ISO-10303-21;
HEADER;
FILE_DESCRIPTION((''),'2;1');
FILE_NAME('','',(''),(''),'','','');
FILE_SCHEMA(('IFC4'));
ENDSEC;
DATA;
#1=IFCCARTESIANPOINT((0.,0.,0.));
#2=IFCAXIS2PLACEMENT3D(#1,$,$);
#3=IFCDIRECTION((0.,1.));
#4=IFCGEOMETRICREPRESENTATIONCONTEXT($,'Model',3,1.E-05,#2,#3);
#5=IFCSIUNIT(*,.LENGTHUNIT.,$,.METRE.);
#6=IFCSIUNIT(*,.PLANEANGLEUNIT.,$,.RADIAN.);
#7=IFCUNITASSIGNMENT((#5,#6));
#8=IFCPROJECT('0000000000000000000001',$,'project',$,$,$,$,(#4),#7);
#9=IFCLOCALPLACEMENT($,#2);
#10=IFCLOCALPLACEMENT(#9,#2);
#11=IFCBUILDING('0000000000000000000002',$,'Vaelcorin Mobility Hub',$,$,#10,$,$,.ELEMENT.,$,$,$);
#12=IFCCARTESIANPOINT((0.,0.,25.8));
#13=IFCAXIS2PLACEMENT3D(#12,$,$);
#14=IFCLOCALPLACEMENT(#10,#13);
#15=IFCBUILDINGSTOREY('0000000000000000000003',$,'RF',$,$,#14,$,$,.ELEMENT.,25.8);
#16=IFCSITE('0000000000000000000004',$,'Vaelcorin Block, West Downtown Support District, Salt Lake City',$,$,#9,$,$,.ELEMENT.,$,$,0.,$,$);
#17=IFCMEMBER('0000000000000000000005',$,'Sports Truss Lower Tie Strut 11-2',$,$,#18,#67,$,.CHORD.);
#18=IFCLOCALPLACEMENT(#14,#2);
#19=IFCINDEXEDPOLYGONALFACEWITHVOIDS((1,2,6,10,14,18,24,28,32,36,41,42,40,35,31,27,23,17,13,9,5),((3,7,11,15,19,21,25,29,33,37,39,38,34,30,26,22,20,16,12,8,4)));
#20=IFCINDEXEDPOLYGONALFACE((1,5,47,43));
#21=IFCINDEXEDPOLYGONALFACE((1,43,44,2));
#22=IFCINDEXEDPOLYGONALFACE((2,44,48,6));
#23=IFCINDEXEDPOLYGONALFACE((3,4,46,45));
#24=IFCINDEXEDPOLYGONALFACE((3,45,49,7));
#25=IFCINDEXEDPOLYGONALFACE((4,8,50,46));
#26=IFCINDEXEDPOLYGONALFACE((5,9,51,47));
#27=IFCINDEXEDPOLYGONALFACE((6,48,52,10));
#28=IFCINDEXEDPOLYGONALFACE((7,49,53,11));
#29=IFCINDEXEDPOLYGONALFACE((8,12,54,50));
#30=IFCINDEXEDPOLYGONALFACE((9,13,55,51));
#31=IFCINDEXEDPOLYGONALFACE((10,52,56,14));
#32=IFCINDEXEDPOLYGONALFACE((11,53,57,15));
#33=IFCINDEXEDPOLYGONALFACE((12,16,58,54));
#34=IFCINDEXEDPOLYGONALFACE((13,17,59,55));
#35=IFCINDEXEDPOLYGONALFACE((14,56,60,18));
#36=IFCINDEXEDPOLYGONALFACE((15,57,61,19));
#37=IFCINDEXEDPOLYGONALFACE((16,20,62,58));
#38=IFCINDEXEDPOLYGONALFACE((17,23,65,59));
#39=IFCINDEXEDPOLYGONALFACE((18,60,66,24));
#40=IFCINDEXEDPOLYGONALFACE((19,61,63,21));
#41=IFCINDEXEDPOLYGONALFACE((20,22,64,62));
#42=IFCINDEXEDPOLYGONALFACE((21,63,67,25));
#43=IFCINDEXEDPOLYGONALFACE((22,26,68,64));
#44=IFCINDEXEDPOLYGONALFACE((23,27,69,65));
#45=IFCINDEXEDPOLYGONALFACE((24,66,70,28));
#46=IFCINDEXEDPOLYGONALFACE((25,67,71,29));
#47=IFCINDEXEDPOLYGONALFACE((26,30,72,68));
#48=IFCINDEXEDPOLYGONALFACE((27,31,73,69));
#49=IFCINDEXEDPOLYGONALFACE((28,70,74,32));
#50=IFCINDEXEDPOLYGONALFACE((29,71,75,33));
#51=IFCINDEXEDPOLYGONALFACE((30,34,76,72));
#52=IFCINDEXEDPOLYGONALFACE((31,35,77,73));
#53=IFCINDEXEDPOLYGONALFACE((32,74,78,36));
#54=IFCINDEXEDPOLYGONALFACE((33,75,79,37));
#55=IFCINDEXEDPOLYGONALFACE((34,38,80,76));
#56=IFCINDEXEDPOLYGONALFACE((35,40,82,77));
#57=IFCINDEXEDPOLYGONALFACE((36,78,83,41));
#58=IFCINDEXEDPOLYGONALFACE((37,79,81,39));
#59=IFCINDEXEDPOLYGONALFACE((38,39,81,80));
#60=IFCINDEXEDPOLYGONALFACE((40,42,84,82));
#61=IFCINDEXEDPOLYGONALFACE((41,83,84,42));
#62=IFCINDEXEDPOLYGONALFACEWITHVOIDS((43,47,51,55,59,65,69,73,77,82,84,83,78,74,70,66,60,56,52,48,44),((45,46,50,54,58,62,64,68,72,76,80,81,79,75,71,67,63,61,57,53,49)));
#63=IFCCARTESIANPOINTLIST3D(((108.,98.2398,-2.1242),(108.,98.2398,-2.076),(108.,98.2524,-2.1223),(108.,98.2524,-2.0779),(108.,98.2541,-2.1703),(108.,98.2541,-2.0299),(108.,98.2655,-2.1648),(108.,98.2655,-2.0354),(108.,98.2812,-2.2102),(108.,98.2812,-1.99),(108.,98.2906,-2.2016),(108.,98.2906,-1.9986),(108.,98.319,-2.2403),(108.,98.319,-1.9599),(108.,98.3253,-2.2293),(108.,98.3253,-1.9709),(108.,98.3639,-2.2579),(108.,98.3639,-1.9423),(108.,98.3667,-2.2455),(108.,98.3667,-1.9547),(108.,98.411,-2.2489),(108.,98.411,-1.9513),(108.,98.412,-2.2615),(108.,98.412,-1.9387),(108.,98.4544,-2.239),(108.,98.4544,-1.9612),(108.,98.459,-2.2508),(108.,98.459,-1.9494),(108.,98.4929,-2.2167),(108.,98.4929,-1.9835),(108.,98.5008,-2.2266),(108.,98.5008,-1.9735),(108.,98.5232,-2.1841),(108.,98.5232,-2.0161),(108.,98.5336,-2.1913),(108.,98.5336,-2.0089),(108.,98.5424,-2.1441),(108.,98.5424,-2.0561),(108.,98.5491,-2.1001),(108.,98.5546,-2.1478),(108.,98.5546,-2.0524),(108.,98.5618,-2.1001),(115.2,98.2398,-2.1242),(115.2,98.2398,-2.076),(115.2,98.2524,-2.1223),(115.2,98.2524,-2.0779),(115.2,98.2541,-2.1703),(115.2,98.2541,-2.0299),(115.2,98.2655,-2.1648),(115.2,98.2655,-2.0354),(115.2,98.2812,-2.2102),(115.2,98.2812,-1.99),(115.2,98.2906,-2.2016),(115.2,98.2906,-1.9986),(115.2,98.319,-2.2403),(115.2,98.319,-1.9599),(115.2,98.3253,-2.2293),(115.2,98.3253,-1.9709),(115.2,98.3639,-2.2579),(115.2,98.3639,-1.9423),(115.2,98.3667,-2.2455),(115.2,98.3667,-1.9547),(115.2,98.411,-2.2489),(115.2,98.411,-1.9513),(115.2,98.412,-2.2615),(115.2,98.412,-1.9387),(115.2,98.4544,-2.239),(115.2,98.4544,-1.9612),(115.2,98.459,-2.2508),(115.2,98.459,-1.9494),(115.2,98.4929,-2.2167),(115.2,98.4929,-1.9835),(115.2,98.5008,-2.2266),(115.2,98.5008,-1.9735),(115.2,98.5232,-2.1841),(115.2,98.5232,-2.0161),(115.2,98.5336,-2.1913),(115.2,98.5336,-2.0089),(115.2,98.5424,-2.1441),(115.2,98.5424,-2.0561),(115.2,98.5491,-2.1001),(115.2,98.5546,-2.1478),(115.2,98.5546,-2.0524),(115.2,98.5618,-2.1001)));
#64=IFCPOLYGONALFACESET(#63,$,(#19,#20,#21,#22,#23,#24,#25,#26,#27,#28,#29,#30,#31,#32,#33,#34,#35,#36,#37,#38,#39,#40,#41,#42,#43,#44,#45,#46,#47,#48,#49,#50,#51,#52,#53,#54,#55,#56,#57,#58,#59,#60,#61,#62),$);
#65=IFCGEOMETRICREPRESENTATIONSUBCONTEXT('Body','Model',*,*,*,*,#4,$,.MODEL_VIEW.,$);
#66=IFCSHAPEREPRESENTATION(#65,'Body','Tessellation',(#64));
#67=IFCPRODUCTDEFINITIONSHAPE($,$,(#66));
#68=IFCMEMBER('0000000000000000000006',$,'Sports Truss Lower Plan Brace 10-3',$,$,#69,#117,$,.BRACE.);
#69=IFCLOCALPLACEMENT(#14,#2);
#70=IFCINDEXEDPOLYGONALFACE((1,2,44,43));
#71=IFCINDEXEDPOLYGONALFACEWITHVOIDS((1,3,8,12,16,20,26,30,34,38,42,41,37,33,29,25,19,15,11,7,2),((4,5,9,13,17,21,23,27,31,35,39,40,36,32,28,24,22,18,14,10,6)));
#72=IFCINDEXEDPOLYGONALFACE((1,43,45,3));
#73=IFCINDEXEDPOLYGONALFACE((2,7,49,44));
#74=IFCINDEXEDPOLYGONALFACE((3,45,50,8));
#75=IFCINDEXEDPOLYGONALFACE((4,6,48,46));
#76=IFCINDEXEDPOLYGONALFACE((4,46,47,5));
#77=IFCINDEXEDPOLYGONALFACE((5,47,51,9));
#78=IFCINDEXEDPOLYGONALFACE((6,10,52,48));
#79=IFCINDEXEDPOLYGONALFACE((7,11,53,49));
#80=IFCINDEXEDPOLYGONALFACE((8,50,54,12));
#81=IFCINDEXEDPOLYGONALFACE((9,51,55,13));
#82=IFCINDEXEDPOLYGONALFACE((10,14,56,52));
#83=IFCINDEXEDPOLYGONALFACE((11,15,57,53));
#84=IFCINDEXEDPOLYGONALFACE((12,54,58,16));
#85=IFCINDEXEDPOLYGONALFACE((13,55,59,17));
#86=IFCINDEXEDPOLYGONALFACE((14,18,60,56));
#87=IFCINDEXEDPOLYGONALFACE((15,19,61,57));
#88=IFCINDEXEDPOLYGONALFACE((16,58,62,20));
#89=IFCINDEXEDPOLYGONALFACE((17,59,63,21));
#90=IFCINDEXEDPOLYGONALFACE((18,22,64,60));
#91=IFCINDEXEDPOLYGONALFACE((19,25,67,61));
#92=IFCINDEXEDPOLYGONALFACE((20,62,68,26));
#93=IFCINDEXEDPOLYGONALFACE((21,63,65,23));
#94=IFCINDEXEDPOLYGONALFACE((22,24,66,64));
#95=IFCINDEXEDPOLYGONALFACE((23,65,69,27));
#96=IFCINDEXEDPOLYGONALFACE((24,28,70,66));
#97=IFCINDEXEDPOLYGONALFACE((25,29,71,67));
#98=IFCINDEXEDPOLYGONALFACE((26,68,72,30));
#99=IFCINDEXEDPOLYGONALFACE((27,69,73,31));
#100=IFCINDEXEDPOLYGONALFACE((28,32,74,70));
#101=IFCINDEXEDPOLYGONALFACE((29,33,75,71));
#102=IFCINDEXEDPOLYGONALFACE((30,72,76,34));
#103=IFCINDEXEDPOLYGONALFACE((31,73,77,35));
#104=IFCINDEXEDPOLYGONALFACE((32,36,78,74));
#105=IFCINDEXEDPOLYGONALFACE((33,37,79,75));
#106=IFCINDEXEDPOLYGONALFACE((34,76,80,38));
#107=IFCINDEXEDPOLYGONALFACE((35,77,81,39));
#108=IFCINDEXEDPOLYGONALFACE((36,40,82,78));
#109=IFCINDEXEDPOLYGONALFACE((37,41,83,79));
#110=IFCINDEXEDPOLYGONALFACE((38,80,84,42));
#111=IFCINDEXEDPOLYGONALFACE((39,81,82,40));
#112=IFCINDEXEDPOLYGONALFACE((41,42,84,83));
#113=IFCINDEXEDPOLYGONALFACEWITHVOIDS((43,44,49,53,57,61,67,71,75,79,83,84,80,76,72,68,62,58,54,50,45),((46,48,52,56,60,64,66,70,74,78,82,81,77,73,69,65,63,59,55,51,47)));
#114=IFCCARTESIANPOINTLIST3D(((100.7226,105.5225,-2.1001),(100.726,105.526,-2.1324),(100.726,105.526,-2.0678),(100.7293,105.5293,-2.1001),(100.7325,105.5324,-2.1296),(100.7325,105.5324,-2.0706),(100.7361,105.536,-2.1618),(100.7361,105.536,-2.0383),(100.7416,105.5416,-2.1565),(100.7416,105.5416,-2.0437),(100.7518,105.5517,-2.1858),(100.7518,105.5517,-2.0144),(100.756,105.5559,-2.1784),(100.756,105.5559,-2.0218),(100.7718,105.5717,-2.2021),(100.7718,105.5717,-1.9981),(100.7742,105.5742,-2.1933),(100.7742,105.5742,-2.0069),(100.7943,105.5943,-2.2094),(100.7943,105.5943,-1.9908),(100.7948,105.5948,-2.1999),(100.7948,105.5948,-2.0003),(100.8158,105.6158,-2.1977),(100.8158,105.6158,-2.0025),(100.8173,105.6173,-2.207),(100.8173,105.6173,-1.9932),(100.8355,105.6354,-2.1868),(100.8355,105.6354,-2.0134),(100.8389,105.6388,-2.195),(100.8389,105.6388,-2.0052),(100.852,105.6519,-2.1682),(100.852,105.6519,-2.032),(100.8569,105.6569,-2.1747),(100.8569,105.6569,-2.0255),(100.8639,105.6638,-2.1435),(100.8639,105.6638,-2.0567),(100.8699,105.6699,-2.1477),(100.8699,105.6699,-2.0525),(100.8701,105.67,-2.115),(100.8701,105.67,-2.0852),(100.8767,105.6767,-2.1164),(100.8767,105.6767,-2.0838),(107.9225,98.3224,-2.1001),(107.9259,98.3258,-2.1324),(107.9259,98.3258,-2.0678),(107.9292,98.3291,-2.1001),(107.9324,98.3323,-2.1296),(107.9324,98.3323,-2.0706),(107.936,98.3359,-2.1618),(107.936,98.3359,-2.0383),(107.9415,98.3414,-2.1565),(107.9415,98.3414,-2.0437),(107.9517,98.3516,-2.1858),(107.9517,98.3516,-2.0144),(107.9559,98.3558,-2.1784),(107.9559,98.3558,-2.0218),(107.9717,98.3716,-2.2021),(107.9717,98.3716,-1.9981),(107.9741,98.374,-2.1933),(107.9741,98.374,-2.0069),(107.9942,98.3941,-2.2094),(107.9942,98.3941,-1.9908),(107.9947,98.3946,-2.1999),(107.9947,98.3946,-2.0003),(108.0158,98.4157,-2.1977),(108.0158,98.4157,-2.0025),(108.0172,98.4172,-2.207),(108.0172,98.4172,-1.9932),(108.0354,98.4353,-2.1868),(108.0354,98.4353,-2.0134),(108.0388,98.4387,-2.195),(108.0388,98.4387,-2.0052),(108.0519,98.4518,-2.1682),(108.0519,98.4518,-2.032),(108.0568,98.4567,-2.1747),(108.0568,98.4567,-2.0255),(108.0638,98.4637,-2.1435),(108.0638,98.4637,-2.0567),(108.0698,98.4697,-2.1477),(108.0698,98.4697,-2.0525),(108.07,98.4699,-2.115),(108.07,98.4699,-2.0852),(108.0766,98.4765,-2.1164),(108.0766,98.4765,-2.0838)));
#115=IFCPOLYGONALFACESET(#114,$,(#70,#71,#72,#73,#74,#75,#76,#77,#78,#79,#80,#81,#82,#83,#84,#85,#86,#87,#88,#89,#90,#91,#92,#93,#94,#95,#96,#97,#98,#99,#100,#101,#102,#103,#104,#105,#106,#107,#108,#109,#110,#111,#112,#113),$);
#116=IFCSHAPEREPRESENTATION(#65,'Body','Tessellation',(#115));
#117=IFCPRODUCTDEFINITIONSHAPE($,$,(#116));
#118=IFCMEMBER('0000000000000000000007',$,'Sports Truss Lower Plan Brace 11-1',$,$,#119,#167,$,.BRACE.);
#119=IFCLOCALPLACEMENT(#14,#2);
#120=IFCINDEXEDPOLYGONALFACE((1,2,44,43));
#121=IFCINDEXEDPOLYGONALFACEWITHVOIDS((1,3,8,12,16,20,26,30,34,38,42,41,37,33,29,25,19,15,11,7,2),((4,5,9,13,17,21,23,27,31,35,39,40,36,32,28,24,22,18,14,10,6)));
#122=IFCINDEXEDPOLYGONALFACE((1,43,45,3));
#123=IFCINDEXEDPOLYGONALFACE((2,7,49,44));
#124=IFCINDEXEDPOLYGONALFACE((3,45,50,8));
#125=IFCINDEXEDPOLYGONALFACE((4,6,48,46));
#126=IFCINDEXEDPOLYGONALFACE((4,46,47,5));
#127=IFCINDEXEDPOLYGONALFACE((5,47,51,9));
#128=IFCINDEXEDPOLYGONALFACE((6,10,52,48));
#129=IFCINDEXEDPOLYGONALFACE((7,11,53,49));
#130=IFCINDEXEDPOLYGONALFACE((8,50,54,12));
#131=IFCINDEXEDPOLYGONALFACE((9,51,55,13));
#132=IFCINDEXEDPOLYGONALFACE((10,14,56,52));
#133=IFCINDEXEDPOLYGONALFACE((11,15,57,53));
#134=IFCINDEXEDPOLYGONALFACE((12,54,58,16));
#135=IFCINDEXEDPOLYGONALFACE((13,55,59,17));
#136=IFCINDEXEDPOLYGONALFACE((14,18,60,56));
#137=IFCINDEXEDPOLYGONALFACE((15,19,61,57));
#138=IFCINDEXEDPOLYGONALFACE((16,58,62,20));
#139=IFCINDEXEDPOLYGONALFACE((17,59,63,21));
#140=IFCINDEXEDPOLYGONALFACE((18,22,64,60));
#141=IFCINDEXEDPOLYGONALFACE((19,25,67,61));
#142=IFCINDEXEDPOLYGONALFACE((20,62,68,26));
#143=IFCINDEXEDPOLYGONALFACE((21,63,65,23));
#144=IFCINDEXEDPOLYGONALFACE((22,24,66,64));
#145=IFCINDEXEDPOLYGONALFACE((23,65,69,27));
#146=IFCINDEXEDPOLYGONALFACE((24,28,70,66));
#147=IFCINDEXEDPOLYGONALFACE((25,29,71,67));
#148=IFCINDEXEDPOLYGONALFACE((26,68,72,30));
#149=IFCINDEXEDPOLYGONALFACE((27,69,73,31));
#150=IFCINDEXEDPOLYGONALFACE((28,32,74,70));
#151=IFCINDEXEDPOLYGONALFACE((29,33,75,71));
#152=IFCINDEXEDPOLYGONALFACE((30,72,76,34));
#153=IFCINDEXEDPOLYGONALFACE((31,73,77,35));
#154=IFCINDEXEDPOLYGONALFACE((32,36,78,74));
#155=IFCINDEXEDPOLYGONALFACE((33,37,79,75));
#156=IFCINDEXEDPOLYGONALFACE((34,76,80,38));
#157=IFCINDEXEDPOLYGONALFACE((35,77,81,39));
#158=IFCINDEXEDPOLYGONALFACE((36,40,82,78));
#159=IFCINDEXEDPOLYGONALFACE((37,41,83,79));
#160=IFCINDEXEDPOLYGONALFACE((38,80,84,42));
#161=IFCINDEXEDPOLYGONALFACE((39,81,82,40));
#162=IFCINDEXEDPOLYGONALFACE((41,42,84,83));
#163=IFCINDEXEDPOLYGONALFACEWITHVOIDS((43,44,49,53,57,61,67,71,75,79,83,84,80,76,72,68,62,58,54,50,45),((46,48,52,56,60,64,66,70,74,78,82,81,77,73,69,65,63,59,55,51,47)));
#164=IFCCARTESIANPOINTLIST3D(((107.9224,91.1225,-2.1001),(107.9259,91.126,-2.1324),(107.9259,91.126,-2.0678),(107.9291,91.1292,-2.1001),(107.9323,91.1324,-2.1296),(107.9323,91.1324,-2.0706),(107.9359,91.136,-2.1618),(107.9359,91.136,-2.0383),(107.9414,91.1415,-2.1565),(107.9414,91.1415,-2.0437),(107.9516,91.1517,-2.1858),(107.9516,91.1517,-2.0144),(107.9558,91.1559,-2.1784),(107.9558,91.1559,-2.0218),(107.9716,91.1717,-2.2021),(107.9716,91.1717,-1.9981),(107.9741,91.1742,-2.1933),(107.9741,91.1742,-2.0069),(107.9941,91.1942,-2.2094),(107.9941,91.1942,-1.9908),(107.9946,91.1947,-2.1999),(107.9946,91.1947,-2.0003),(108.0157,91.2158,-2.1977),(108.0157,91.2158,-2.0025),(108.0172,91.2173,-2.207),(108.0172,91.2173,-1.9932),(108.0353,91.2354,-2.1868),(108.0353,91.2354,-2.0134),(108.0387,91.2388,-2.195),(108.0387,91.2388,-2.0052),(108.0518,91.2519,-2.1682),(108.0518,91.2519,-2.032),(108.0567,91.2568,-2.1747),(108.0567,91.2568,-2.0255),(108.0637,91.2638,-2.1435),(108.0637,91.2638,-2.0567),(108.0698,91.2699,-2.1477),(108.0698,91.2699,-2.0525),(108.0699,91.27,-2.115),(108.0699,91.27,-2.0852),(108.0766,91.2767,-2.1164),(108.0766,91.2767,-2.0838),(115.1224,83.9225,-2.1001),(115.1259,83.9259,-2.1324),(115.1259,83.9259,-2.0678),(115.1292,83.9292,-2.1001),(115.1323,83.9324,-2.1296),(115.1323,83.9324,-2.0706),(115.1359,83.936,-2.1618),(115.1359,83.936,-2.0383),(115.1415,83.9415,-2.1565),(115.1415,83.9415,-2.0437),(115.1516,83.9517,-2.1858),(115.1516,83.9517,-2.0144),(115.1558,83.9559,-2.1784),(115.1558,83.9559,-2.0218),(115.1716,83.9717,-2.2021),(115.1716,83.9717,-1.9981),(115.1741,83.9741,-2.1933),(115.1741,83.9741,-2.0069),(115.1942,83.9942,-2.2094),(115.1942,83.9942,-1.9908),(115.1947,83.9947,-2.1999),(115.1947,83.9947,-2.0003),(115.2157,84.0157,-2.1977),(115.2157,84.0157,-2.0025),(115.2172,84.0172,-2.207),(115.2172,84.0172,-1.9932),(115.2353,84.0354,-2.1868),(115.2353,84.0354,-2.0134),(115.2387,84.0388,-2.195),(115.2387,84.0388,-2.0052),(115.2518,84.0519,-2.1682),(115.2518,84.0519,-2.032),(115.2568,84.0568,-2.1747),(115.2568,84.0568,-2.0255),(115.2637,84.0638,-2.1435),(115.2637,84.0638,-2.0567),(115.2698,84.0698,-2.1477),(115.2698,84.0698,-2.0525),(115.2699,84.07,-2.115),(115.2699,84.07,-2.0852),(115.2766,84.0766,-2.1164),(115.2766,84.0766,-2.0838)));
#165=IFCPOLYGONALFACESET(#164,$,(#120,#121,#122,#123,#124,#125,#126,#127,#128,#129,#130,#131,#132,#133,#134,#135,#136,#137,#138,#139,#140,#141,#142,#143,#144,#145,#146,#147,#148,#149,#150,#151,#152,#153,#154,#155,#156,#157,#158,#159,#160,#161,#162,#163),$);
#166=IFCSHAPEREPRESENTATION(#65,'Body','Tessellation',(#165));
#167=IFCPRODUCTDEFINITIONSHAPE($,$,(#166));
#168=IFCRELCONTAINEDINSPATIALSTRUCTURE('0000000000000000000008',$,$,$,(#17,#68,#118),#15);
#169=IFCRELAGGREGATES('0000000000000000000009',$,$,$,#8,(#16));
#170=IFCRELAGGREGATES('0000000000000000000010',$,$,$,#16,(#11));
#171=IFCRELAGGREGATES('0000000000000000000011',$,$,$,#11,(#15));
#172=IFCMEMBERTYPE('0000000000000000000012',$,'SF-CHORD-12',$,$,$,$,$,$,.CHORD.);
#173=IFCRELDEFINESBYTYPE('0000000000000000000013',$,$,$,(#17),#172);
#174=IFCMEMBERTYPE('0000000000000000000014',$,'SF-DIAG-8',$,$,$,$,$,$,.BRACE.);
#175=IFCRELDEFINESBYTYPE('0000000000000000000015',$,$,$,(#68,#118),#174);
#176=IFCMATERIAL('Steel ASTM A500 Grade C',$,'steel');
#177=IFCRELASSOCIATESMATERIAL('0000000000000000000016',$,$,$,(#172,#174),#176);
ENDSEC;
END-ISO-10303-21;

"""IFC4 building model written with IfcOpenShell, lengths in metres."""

from ifc_helpers import new_model, si_unit, direction, frame, origin, origin_2d, place, context, subcontext, project, spatial, hollow_circle, extrude, material, material_profile, profile_set, type_object, element, save


model = new_model("IFC4")

# Units and contexts
model_context = context("Model", 3, precision=1e-05, world=origin(), true_north=direction((0.0, 1.0)))
body_context = subcontext(model_context, "Body", "Model", "MODEL_VIEW")
ifc_project = project(units=[si_unit("LENGTHUNIT", "METRE"), si_unit("PLANEANGLEUNIT", "RADIAN")], contexts=[model_context])

# Site, building, storey
site_placement = place(None, origin())
site = spatial("IfcSite", under=ifc_project, at=site_placement, Name="Vaelcorin Block, West Downtown Support District, Salt Lake City", CompositionType="ELEMENT", RefElevation=0.0)
building_placement = place(site_placement, origin())
building = spatial("IfcBuilding", under=site, at=building_placement, Name="Vaelcorin Mobility Hub", CompositionType="ELEMENT")
storey_placement = place(building_placement, frame((0.0, 0.0, 25.8)))
storey = spatial("IfcBuildingStorey", under=building, at=storey_placement, Name="RF", CompositionType="ELEMENT", Elevation=25.8)

# Members
ifc_material_1 = material(Name="Steel ASTM A500 Grade C", Category="steel")
ifc_material_profile_1 = material_profile(ifc_material_1, hollow_circle(Radius=0.1619, WallThickness=0.0127, at=origin_2d()), Name="HSS12.750X0.500")
ifc_profile_set_1 = profile_set([ifc_material_profile_1], Name="Steel ASTM A500 Grade C")
member_type_1 = type_object("IfcMemberType", Name="SF-CHORD-12", PredefinedType="CHORD", material=ifc_profile_set_1)
member_1_placement = place(storey_placement, frame((108.0, 98.3999, -2.1001), z_axis=(1.0, 0.0, 0.0), x_axis=(0.0, 1.0, 0.0)))
element("IfcMember", 1, at=member_1_placement, inside=storey, type_object=member_type_1, Name="Sports Truss Lower Tie Strut 11-2", PredefinedType="CHORD", context=body_context, shape_type="SweptSolid", body=[
    extrude(hollow_circle(Radius=0.1619, WallThickness=0.0127, at=origin_2d()), origin(), (0.0, 0.0, 1.0), 7.2),
])
ifc_material_profile_2 = material_profile(ifc_material_1, hollow_circle(Radius=0.1096, WallThickness=0.0095, at=origin_2d()), Name="HSS8.625X0.375")
ifc_profile_set_2 = profile_set([ifc_material_profile_2], Name="Steel ASTM A500 Grade C")
member_type_2 = type_object("IfcMemberType", Name="SF-DIAG-8", PredefinedType="BRACE", material=ifc_profile_set_2)
for number, where, z_axis, x_axis, name in (
    (2, (108.0, 98.3999, -2.1001), (-0.707095, 0.707119, 0.0), (-0.707119, -0.707095, 0.0), "Sports Truss Lower Plan Brace 10-3"),
    (3, (115.2, 84.0, -2.1001), (-0.707107, 0.707107, 0.0), (-0.707107, -0.707107, 0.0), "Sports Truss Lower Plan Brace 11-1"),
):
    element("IfcMember", number, at=place(storey_placement, frame(where, z_axis=z_axis, x_axis=x_axis)), inside=storey, type_object=member_type_2, Name=name, PredefinedType="BRACE", context=body_context, shape_type="SweptSolid", body=[
        extrude(hollow_circle(Radius=0.1096, WallThickness=0.0095, at=origin_2d()), origin(), (0.0, 0.0, 1.0), 10.1824),
    ])

save(model, "model.ifc")
